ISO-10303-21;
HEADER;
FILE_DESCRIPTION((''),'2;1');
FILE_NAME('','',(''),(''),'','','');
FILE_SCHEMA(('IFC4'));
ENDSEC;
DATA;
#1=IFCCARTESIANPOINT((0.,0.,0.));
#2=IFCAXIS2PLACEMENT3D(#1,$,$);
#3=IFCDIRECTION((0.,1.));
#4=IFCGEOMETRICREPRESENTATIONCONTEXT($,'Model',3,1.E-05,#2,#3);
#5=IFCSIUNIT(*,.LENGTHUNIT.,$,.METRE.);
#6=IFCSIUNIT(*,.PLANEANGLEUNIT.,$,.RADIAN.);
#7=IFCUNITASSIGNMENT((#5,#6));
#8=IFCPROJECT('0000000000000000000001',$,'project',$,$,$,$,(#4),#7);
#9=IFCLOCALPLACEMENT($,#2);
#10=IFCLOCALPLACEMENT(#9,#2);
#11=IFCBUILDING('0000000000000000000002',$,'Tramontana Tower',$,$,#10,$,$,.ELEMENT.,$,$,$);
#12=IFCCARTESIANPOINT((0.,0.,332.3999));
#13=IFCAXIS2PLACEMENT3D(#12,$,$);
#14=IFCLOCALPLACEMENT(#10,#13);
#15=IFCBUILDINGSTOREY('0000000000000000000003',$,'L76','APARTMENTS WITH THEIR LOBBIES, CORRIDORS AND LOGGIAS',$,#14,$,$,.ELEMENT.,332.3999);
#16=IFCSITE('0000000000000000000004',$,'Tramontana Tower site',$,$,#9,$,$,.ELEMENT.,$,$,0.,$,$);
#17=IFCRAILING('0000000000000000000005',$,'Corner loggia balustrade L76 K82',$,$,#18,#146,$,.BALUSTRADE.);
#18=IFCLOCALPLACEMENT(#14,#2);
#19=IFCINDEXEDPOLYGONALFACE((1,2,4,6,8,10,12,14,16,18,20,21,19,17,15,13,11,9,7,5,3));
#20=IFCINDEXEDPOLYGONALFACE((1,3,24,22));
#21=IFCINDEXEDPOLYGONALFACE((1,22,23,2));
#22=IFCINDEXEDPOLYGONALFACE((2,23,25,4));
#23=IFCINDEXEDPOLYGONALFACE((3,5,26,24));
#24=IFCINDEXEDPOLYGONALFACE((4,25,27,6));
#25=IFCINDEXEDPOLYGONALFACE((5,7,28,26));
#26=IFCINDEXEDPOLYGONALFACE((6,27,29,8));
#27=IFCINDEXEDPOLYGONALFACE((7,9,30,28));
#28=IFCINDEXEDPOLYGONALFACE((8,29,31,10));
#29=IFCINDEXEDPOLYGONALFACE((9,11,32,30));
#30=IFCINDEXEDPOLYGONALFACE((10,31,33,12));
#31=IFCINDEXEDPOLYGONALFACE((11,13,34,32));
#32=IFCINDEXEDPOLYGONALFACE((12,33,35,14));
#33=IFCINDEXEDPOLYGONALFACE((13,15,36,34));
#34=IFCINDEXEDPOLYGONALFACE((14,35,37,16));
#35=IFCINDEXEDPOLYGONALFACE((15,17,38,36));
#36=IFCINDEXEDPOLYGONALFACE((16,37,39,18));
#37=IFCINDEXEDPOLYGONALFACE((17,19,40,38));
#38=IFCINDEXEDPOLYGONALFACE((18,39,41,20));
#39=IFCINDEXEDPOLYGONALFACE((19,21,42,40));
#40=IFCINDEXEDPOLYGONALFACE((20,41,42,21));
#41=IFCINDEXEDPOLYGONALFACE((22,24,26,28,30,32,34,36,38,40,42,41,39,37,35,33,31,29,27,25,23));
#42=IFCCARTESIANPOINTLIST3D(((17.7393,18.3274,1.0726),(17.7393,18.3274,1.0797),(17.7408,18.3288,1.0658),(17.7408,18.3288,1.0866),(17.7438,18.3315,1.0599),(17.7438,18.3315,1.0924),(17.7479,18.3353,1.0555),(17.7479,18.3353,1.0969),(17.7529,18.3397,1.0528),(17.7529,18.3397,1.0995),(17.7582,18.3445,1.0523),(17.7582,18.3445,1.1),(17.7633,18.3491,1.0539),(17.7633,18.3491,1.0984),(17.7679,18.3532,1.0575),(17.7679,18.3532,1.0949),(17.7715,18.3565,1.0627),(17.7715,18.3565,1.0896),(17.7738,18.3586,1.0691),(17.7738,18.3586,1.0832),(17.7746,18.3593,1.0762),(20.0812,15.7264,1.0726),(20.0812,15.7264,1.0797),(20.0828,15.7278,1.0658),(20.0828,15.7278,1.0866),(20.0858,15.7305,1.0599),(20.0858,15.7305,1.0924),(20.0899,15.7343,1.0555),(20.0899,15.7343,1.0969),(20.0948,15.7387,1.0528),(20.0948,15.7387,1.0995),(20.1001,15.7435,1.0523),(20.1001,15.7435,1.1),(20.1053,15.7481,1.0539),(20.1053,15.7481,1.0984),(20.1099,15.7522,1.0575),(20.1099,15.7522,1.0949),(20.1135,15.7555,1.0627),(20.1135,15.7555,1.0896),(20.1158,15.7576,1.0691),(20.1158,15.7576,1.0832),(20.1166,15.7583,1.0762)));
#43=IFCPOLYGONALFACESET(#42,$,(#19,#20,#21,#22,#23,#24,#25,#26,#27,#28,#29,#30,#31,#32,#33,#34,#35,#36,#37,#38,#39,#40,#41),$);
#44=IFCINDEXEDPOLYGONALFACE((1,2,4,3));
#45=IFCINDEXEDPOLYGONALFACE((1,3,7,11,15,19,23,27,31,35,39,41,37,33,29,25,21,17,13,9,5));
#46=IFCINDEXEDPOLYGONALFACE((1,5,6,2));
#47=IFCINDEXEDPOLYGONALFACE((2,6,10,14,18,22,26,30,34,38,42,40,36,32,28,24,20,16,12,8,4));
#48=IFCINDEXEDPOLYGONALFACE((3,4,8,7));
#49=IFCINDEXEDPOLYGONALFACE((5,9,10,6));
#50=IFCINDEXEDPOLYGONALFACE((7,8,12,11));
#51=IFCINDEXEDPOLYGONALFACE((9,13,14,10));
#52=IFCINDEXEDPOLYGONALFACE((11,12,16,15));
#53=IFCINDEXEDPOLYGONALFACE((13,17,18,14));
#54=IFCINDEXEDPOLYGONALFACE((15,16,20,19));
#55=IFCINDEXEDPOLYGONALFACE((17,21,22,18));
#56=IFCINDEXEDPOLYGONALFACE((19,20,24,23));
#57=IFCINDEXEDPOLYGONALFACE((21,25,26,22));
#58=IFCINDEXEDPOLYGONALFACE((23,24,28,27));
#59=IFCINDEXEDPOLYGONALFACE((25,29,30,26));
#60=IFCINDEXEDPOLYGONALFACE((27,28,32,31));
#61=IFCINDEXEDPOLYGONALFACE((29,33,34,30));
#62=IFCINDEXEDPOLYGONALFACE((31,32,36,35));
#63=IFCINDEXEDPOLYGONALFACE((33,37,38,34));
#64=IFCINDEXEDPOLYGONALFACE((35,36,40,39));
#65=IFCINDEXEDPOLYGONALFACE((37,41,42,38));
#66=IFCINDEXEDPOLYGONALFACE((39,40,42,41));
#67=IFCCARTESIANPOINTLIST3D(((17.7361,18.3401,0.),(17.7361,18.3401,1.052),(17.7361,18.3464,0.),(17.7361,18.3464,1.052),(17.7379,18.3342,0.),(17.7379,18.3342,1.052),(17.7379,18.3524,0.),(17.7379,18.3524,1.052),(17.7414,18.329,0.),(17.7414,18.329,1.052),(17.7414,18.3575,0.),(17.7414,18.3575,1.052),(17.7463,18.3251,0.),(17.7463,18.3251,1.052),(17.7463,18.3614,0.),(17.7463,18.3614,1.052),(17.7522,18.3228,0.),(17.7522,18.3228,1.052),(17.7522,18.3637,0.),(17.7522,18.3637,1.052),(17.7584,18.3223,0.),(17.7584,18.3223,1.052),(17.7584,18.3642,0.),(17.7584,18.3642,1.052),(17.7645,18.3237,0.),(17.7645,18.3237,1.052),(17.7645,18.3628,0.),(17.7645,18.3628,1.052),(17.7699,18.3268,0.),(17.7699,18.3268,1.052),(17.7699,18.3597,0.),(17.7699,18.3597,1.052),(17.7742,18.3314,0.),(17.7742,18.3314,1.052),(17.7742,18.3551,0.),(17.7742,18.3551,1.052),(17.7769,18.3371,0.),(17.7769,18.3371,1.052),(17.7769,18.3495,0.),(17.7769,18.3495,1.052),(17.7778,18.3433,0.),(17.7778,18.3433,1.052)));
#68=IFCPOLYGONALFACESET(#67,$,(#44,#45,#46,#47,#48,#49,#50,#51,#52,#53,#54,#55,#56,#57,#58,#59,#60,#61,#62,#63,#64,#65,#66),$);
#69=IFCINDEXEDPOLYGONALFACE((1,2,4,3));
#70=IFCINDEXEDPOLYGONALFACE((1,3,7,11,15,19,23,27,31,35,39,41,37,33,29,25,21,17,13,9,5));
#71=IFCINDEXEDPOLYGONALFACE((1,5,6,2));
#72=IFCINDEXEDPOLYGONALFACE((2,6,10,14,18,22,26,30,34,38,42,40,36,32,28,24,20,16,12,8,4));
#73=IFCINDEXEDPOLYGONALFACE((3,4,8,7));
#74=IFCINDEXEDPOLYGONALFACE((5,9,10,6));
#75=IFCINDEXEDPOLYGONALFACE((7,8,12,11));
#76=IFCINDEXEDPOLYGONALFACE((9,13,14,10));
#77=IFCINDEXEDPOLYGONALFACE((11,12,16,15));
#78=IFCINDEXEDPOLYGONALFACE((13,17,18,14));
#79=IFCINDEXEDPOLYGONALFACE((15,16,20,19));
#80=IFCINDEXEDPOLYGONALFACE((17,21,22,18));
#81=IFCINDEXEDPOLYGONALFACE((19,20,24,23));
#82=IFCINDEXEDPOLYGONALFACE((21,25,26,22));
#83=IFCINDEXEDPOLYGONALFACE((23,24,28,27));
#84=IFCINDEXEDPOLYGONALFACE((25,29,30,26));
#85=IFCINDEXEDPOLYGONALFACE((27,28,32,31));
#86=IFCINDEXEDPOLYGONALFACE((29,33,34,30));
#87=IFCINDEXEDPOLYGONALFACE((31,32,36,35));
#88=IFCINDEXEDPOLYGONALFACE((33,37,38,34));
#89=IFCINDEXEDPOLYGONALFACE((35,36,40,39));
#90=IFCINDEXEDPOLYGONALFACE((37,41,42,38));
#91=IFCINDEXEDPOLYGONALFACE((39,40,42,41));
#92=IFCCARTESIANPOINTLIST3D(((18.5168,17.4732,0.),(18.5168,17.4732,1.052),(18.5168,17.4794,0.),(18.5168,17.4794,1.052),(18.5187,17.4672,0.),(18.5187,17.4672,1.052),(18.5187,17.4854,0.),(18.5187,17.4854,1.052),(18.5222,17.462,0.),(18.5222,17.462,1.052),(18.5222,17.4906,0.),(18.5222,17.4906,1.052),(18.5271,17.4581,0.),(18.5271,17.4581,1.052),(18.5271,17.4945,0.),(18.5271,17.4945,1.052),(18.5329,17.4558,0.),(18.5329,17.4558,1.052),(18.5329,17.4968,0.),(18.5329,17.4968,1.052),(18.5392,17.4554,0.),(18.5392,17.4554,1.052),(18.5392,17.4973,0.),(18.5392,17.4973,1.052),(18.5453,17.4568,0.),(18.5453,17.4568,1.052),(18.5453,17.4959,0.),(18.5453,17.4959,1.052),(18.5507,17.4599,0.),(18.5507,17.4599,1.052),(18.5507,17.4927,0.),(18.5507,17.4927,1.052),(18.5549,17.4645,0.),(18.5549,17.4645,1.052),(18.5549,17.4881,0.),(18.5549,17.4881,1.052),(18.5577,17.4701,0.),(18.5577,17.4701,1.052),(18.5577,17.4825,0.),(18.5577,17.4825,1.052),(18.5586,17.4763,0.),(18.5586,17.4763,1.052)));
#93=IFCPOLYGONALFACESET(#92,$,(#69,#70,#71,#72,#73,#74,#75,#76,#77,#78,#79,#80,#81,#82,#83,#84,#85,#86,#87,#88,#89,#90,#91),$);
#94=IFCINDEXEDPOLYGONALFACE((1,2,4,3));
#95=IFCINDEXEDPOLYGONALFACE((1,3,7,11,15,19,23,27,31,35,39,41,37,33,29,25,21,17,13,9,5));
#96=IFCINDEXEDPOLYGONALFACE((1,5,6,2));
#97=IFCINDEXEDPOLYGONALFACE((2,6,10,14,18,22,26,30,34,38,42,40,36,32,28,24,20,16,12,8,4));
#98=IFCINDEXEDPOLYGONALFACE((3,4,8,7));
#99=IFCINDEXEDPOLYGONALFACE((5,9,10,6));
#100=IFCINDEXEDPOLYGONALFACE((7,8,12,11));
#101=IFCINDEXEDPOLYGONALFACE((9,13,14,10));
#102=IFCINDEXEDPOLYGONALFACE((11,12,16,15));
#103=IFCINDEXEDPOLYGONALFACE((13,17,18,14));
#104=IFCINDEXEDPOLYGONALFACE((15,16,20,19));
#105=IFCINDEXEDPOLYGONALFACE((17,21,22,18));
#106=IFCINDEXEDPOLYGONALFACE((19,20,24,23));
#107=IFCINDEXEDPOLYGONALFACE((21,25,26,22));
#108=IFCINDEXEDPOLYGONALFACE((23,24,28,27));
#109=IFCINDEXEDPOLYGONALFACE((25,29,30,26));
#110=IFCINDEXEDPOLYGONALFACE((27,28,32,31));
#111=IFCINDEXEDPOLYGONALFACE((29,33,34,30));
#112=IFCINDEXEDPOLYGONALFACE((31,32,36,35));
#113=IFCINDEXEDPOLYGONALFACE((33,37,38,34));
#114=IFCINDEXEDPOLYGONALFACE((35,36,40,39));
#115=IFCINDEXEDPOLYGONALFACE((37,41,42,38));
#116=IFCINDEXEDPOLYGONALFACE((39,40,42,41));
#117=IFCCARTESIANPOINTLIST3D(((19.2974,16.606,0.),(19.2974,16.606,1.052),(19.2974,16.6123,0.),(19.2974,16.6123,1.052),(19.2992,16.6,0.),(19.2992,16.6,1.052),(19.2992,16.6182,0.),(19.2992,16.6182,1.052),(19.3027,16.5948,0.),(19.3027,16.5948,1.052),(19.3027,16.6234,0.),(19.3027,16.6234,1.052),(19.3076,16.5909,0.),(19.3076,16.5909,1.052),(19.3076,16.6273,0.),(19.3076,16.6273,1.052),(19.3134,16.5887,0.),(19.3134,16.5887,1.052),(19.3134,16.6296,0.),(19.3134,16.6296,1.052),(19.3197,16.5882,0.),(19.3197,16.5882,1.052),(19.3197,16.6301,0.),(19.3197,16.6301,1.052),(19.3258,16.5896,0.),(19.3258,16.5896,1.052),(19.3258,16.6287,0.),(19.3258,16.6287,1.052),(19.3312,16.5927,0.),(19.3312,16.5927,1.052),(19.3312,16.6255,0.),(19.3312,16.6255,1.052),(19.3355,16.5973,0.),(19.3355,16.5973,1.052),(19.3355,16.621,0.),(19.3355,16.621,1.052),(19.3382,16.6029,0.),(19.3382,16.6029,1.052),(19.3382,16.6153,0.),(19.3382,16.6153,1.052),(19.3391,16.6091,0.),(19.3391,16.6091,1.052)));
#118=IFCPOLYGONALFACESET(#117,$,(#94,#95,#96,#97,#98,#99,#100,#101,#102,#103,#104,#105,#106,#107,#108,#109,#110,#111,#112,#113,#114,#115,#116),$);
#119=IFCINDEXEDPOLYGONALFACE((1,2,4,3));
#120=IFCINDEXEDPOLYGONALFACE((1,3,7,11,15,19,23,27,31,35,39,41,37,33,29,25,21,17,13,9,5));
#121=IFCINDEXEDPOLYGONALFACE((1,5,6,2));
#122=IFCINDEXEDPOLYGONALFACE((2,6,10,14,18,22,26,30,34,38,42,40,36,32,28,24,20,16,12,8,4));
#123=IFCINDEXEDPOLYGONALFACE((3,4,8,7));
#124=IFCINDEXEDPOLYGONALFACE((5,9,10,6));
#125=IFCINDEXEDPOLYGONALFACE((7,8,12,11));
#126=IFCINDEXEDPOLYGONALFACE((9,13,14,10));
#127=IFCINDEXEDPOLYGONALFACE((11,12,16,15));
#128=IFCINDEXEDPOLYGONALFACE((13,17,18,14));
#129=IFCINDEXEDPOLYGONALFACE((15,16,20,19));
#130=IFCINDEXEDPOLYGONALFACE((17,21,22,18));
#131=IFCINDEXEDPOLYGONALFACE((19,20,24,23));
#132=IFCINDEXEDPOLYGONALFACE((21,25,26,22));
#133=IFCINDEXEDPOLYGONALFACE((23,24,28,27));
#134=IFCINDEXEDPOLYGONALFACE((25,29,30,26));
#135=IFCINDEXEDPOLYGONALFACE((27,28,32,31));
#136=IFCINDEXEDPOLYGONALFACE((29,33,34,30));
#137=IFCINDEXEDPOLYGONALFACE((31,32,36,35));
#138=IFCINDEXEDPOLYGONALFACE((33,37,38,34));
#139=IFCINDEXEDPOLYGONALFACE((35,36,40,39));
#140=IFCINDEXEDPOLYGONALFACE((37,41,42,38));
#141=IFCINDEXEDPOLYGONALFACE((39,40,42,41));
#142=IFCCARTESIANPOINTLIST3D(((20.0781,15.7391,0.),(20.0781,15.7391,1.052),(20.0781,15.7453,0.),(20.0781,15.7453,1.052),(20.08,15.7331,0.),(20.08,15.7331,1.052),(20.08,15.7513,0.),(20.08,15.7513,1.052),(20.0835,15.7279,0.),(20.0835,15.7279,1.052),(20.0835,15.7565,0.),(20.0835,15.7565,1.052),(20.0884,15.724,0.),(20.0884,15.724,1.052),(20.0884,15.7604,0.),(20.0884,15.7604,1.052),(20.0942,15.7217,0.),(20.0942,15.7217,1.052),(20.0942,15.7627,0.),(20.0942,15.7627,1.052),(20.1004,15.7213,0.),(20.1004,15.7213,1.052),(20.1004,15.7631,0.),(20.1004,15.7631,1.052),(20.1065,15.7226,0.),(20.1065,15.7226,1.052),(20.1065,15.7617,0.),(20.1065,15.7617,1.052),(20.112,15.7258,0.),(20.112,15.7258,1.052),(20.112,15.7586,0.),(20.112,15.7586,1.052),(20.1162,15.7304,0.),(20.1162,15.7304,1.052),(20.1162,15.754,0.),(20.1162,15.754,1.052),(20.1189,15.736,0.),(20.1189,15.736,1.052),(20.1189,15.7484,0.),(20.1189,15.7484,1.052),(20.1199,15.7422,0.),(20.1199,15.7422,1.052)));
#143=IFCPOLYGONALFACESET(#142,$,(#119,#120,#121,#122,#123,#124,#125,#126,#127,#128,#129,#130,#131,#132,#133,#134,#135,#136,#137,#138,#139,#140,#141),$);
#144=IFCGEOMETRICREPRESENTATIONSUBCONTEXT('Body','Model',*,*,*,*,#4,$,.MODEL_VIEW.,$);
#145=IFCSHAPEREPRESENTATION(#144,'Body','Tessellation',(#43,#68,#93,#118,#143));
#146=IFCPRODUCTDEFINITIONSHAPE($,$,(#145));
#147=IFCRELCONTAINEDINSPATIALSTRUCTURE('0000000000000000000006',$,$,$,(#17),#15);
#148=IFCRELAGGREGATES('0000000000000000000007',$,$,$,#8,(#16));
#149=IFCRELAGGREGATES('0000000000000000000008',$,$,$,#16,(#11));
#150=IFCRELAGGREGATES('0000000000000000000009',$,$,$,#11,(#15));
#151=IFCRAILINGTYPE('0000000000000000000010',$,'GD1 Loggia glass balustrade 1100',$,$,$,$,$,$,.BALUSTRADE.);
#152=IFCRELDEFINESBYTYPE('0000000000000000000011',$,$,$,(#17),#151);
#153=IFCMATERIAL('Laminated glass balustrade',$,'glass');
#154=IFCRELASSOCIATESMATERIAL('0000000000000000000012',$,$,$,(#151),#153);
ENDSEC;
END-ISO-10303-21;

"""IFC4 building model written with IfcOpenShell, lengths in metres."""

from ifc_helpers import new_model, si_unit, direction, frame, origin, origin_2d, place, context, subcontext, project, spatial, circle, extrude, material, type_object, element, save


model = new_model("IFC4")

# Units and contexts
model_context = context("Model", 3, precision=1e-05, world=origin(), true_north=direction((0.0, 1.0)))
body_context = subcontext(model_context, "Body", "Model", "MODEL_VIEW")
ifc_project = project(units=[si_unit("LENGTHUNIT", "METRE"), si_unit("PLANEANGLEUNIT", "RADIAN")], contexts=[model_context])

# Site, building, storey
site_placement = place(None, origin())
site = spatial("IfcSite", under=ifc_project, at=site_placement, Name="Tramontana Tower site", CompositionType="ELEMENT", RefElevation=0.0)
building_placement = place(site_placement, origin())
building = spatial("IfcBuilding", under=site, at=building_placement, Name="Tramontana Tower", CompositionType="ELEMENT")
storey_placement = place(building_placement, frame((0.0, 0.0, 332.3999)))
storey = spatial("IfcBuildingStorey", under=building, at=storey_placement, Name="L76", Description="APARTMENTS WITH THEIR LOBBIES, CORRIDORS AND LOGGIAS", CompositionType="ELEMENT", Elevation=332.3999)

# Railing
ifc_material_1 = material(Name="Laminated glass balustrade", Category="glass")
railing_type = type_object("IfcRailingType", Name="GD1 Loggia glass balustrade 1100", PredefinedType="BALUSTRADE", material=ifc_material_1)
railing_1_placement = place(storey_placement, frame((17.7568, 18.3433, 0.0)))
element("IfcRailing", 1, at=railing_1_placement, inside=storey, type_object=railing_type, Name="Corner loggia balustrade L76 K82", PredefinedType="BALUSTRADE", context=body_context, shape_type="SweptSolid", body=[
    extrude(circle(Radius=0.0239, at=origin_2d()), frame((0.0, 0.0, 1.0762), z_axis=(0.669134, -0.743142, 0.0), x_axis=(0.743142, 0.669134, 0.0)), (0.0, 0.0, 1.0), 3.5),
    extrude(circle(Radius=0.021, at=origin_2d()), origin(), (0.0, 0.0, 1.0), 1.052),
    extrude(circle(Radius=0.021, at=origin_2d()), frame((0.7808, -0.8669, 0.0)), (0.0, 0.0, 1.0), 1.052),
    extrude(circle(Radius=0.021, at=origin_2d()), frame((1.5613, -1.7341, 0.0)), (0.0, 0.0, 1.0), 1.052),
    extrude(circle(Radius=0.021, at=origin_2d()), frame((2.342, -2.6011, 0.0)), (0.0, 0.0, 1.0), 1.052),
])

save(model, "model.ifc")
